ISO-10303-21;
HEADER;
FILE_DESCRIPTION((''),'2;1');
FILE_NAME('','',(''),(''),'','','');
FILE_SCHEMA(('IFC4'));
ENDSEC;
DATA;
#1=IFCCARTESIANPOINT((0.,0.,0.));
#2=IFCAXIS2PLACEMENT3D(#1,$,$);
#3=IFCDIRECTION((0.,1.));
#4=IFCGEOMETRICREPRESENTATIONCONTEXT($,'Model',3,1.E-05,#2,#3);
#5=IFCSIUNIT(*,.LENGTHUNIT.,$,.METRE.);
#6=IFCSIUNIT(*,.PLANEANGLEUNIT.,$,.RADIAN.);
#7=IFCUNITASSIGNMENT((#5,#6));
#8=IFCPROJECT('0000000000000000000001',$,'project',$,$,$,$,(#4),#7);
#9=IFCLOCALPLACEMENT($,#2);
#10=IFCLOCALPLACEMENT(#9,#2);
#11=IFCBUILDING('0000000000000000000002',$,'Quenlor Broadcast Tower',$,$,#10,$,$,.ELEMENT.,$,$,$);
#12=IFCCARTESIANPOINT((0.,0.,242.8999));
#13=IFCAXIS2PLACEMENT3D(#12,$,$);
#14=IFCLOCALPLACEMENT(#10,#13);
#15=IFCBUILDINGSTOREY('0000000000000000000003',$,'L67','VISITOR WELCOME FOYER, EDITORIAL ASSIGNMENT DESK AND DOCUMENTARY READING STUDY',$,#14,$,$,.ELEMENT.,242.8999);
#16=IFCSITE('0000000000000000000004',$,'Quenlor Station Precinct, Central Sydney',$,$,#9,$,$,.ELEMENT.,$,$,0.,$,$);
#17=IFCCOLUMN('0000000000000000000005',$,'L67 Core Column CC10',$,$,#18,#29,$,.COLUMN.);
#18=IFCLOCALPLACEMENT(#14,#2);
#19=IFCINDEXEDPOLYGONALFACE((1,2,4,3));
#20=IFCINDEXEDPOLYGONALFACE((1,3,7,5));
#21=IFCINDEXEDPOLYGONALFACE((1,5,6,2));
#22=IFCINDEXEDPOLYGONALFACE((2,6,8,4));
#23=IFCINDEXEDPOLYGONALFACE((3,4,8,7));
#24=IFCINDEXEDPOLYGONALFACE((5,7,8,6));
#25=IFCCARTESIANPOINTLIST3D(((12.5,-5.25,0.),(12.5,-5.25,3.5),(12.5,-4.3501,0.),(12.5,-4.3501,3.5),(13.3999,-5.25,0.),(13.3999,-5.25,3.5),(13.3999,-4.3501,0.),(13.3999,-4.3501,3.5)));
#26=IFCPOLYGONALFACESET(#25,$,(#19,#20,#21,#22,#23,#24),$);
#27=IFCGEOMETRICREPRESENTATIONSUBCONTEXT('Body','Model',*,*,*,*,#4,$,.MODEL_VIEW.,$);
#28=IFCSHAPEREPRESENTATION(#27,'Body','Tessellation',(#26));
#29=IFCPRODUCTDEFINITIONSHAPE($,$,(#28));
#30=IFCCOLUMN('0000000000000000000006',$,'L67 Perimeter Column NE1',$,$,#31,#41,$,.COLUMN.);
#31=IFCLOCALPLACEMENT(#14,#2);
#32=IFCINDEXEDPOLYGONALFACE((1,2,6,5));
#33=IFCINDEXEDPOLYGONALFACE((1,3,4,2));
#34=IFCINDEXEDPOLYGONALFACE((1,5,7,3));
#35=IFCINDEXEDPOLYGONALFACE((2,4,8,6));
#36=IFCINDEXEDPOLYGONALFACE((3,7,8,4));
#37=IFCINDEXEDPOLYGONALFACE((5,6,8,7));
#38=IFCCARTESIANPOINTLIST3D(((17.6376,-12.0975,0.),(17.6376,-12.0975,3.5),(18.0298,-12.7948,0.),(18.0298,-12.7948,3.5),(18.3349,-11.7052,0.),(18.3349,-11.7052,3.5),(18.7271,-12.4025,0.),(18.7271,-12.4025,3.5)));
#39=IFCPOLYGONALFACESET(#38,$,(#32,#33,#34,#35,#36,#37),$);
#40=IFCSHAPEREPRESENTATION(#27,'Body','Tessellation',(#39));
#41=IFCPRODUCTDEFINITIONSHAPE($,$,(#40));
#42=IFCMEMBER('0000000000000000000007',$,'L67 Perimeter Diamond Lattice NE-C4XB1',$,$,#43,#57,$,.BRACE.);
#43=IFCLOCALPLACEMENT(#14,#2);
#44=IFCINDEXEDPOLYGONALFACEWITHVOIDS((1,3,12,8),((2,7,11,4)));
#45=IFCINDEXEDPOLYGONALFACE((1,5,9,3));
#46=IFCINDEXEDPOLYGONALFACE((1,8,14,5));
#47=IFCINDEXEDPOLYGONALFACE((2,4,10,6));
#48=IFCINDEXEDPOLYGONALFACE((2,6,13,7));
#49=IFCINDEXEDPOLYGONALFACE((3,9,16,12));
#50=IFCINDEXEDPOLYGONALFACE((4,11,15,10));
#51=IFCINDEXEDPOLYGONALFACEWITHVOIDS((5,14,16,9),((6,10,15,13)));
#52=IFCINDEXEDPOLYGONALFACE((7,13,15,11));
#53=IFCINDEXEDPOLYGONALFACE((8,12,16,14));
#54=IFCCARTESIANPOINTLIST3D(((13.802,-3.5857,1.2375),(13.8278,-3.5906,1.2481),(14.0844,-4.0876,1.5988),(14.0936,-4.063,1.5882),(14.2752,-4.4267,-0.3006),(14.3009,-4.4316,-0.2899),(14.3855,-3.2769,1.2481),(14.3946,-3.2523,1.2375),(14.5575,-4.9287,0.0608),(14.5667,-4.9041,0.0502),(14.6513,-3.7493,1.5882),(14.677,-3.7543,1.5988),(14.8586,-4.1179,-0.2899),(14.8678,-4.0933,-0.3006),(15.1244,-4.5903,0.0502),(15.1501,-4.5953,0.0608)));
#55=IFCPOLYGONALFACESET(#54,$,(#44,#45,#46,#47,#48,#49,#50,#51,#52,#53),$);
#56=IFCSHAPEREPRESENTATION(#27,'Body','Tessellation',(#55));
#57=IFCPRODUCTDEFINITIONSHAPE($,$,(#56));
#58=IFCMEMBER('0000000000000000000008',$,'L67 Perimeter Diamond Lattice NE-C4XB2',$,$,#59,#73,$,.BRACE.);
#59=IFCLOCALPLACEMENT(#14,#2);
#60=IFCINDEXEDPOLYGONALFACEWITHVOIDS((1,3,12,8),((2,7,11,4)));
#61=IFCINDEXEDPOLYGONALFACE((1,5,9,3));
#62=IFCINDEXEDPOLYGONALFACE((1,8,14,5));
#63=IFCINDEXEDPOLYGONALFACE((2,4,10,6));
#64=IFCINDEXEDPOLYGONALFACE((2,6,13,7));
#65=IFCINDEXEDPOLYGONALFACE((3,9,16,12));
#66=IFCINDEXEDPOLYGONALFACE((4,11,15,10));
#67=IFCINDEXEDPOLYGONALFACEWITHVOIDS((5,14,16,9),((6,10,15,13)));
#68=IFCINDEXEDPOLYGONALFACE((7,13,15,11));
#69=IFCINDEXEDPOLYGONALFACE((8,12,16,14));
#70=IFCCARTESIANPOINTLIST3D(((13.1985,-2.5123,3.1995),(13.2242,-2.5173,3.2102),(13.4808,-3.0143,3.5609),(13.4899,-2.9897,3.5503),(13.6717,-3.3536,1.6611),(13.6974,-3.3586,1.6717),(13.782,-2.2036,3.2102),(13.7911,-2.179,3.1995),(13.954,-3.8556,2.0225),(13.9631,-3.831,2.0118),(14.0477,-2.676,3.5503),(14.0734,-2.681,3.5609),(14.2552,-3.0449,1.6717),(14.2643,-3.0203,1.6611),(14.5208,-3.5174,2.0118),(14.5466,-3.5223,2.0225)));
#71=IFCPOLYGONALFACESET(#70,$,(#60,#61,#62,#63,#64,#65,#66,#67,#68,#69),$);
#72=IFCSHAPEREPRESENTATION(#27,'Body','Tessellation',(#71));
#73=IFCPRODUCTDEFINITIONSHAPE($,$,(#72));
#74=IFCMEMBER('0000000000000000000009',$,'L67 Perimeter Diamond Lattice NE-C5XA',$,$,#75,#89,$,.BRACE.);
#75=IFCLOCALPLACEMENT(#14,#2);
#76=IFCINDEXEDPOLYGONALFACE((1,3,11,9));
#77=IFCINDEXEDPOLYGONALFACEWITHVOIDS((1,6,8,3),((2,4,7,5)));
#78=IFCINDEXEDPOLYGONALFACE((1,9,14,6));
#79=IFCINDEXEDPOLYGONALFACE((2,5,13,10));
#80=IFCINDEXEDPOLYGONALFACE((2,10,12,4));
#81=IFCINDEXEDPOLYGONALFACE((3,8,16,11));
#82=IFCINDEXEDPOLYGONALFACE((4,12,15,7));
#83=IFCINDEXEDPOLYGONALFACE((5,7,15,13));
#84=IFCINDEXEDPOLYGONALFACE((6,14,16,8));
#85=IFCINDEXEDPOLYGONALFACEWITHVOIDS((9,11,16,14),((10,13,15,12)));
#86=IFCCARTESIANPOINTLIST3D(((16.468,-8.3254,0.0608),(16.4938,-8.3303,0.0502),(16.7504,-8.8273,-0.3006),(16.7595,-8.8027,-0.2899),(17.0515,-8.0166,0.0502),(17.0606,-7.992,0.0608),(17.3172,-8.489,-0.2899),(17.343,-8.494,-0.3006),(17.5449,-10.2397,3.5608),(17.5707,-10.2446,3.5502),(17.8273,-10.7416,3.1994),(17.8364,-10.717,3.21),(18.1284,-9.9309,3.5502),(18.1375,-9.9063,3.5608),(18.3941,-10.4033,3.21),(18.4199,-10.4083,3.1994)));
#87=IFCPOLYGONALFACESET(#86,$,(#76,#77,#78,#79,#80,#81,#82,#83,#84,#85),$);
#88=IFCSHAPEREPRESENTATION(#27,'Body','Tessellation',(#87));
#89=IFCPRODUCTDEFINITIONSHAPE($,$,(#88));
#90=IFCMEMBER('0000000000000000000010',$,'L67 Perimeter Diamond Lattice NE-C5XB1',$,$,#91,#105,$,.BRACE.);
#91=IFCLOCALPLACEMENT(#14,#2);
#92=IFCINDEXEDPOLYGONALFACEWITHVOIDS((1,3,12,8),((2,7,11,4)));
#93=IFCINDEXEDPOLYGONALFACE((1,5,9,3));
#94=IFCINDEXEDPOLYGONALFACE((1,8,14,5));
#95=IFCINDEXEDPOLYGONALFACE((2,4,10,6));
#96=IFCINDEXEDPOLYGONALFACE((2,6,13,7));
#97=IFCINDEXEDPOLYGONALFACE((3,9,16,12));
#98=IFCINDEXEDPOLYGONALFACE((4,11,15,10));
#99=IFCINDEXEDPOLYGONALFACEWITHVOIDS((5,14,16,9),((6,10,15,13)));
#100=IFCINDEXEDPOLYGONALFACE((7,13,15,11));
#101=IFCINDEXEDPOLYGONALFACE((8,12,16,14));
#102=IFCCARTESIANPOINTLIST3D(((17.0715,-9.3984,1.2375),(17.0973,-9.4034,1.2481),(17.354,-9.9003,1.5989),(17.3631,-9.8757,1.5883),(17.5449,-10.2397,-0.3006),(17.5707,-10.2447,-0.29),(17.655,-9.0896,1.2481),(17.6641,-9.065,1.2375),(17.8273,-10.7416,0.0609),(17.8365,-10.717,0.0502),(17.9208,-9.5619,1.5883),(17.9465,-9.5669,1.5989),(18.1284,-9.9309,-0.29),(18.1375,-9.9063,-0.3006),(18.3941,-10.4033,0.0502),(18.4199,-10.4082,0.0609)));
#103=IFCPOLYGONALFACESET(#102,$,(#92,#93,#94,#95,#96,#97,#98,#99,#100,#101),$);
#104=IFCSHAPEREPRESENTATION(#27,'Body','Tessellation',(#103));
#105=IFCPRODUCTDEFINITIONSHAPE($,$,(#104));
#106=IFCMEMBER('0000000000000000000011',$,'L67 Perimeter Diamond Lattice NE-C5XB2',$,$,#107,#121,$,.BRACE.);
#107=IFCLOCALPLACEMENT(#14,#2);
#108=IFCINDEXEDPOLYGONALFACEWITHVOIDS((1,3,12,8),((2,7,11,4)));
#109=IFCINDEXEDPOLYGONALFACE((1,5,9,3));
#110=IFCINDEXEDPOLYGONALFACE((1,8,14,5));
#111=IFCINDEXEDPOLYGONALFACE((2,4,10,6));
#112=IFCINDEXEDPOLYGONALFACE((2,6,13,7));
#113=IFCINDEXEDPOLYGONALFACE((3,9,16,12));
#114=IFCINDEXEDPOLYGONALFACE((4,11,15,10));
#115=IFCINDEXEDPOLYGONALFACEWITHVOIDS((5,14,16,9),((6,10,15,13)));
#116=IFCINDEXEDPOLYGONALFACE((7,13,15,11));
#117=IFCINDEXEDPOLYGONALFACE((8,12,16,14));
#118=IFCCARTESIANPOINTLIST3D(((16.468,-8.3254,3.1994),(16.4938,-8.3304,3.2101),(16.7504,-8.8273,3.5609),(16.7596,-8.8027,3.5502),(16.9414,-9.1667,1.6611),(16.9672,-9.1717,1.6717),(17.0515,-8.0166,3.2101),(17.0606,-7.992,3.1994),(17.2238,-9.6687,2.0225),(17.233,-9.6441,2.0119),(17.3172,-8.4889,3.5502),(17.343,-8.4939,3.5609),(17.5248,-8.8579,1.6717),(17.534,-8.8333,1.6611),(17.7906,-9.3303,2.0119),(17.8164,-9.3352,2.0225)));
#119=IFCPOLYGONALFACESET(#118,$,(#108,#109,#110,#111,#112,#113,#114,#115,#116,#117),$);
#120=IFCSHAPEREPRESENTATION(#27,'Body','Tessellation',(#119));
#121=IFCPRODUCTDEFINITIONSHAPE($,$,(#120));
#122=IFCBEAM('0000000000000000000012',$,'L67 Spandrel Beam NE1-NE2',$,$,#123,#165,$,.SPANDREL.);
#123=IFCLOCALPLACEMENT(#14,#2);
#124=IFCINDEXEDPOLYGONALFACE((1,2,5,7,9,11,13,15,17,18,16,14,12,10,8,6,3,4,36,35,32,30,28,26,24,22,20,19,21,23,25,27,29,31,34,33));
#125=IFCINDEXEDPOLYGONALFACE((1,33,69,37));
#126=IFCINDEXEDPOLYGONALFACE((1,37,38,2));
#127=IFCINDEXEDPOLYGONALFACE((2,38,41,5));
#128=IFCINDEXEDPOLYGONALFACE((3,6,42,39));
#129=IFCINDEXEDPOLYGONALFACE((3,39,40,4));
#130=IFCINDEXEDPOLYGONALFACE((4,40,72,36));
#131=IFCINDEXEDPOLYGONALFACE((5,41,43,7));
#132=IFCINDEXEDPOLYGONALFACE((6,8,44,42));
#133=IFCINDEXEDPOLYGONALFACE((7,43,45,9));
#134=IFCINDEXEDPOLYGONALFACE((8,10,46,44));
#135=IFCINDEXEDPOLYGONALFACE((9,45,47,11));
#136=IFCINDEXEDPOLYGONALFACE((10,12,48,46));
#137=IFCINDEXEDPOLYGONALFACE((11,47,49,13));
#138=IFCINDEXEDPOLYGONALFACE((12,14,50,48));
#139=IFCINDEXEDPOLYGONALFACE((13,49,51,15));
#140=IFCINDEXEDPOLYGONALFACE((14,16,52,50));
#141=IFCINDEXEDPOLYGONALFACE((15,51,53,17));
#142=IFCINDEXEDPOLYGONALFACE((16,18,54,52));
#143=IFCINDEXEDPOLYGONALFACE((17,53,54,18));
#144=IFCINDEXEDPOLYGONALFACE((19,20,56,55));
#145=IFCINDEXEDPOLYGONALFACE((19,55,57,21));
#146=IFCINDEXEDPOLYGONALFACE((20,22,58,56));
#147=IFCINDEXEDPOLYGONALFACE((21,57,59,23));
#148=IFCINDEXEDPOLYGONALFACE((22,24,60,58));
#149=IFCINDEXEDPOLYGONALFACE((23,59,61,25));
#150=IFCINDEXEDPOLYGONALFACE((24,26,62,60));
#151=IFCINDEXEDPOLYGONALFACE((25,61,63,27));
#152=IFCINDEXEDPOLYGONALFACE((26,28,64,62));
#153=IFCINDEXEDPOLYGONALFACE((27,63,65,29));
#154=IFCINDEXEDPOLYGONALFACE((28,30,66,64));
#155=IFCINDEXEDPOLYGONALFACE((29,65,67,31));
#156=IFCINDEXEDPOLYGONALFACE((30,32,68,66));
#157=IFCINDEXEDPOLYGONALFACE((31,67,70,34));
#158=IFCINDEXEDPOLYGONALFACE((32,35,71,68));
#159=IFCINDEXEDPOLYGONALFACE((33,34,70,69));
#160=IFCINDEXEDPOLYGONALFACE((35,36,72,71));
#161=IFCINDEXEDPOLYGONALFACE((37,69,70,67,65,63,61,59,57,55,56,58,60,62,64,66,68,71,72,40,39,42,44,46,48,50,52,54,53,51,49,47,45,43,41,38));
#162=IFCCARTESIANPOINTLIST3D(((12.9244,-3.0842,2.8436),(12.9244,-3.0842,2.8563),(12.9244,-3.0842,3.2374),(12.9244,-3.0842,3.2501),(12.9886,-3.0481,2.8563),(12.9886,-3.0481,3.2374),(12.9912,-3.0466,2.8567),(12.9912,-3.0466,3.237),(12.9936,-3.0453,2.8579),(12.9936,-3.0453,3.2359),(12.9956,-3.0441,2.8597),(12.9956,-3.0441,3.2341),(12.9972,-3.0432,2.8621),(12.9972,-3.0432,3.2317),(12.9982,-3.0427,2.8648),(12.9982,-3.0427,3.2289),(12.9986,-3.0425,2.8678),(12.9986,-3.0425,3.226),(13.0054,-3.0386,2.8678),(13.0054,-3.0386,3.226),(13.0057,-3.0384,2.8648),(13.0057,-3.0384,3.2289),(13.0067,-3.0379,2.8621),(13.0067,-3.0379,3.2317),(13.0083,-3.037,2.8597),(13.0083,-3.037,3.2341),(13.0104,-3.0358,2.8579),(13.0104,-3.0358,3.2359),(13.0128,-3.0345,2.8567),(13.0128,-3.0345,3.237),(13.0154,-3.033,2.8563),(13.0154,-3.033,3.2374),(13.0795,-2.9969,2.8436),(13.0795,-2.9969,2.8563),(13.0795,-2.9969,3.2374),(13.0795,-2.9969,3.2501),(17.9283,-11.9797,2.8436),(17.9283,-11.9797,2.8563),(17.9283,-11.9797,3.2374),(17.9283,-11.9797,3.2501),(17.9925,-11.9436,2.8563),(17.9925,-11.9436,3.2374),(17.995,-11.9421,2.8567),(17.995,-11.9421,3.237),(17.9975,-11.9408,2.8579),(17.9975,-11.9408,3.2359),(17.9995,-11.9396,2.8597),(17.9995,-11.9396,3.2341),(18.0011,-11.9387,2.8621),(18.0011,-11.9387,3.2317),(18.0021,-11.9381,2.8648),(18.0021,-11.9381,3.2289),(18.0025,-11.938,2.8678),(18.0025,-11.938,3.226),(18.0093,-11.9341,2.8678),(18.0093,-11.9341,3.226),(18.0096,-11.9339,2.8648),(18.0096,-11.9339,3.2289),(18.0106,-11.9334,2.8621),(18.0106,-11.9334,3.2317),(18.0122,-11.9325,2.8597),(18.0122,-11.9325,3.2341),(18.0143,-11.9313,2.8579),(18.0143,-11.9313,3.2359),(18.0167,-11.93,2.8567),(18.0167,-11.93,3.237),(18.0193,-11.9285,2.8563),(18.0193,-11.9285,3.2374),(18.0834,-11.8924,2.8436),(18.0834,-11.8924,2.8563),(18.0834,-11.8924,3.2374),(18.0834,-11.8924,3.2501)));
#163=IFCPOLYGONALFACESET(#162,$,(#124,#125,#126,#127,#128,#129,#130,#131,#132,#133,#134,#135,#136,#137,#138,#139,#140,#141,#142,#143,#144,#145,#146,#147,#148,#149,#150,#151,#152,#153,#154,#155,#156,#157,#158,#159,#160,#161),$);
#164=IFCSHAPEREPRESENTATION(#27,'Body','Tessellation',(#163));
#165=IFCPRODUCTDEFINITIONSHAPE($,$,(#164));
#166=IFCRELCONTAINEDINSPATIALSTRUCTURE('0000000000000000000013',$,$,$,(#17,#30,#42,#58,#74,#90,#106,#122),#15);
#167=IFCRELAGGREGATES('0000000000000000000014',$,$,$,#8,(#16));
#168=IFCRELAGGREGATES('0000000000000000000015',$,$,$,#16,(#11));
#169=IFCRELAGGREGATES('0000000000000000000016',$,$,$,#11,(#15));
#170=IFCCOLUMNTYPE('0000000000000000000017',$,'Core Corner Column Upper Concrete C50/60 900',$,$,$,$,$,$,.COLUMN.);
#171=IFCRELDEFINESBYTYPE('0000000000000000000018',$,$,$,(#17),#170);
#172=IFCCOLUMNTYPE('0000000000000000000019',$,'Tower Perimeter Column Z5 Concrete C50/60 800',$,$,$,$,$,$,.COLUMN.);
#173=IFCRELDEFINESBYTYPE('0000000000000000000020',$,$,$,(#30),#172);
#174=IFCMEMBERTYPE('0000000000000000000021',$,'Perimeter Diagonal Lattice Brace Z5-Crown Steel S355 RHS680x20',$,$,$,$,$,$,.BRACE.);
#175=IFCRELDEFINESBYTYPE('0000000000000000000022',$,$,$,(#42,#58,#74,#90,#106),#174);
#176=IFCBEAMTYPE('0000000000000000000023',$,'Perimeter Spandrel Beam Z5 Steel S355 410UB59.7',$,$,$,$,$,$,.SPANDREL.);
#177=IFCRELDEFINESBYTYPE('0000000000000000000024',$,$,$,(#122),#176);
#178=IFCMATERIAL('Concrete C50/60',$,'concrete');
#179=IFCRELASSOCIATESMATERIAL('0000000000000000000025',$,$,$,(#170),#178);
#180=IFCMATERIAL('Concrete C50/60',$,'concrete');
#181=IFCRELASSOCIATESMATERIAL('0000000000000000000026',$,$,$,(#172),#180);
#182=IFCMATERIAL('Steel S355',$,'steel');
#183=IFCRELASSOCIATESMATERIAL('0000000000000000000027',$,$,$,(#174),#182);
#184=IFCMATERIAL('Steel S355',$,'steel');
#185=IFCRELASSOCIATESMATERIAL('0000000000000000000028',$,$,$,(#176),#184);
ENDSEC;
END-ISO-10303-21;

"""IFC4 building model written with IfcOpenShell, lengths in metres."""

from ifc_helpers import new_model, si_unit, direction, frame, origin, origin_2d, place, context, subcontext, project, spatial, rectangle, hollow_rectangle, i_section, extrude, material, material_profile, profile_set, type_object, element, save


model = new_model("IFC4")

# Units and contexts
model_context = context("Model", 3, precision=1e-05, world=origin(), true_north=direction((0.0, 1.0)))
body_context = subcontext(model_context, "Body", "Model", "MODEL_VIEW")
ifc_project = project(units=[si_unit("LENGTHUNIT", "METRE"), si_unit("PLANEANGLEUNIT", "RADIAN")], contexts=[model_context])

# Site, building, storey
site_placement = place(None, origin())
site = spatial("IfcSite", under=ifc_project, at=site_placement, Name="Quenlor Station Precinct, Central Sydney", CompositionType="ELEMENT", RefElevation=0.0)
building_placement = place(site_placement, origin())
building = spatial("IfcBuilding", under=site, at=building_placement, Name="Quenlor Broadcast Tower", CompositionType="ELEMENT")
storey_placement = place(building_placement, frame((0.0, 0.0, 242.8999)))
storey = spatial("IfcBuildingStorey", under=building, at=storey_placement, Name="L67", Description="VISITOR WELCOME FOYER, EDITORIAL ASSIGNMENT DESK AND DOCUMENTARY READING STUDY", CompositionType="ELEMENT", Elevation=242.8999)

# Columns
ifc_material_1 = material(Name="Concrete C50/60", Category="concrete")
ifc_material_profile_1 = material_profile(ifc_material_1, rectangle(XDim=0.8999, YDim=0.8999, at=origin_2d()))
ifc_profile_set_1 = profile_set([ifc_material_profile_1], Name="Concrete C50/60 RC900x900")
column_type_1 = type_object("IfcColumnType", Name="Core Corner Column Upper Concrete C50/60 900", PredefinedType="COLUMN", material=ifc_profile_set_1)
column_1_placement = place(storey_placement, frame((12.95, -4.8, 0.0), z_axis=(0.0, 0.0, 1.0), x_axis=(1.0, 0.0, 0.0)))
element("IfcColumn", 1, at=column_1_placement, inside=storey, type_object=column_type_1, Name="L67 Core Column CC10", PredefinedType="COLUMN", context=body_context, shape_type="SweptSolid", body=[
    extrude(rectangle(XDim=0.8999, YDim=0.8999, at=origin_2d()), origin(), (0.0, 0.0, 1.0), 3.5),
])
ifc_material_2 = material(Name="Concrete C50/60", Category="concrete")
ifc_material_profile_2 = material_profile(ifc_material_2, rectangle(XDim=0.8, YDim=0.8, at=origin_2d()))
ifc_profile_set_2 = profile_set([ifc_material_profile_2], Name="Concrete C50/60 RC800x800")
column_type_2 = type_object("IfcColumnType", Name="Tower Perimeter Column Z5 Concrete C50/60 800", PredefinedType="COLUMN", material=ifc_profile_set_2)
column_2_placement = place(storey_placement, frame((18.1824, -12.25, 0.0), z_axis=(0.0, 0.0, 1.0), x_axis=(0.871575, 0.490262, 0.0)))
element("IfcColumn", 2, at=column_2_placement, inside=storey, type_object=column_type_2, Name="L67 Perimeter Column NE1", PredefinedType="COLUMN", context=body_context, shape_type="SweptSolid", body=[
    extrude(rectangle(XDim=0.8, YDim=0.8, at=origin_2d()), origin(), (0.0, 0.0, 1.0), 3.5),
])

# Members
ifc_material_3 = material(Name="Steel S355", Category="steel")
ifc_material_profile_3 = material_profile(ifc_material_3, hollow_rectangle(XDim=0.6799, YDim=0.6799, WallThickness=0.02, at=origin_2d()))
ifc_profile_set_3 = profile_set([ifc_material_profile_3], Name="Steel S355 RHS680x680x20")
member_type = type_object("IfcMemberType", Name="Perimeter Diagonal Lattice Brace Z5-Crown Steel S355 RHS680x20", PredefinedType="BRACE", material=ifc_profile_set_3)
member_1_placement = place(storey_placement, frame((14.7126, -4.511, -0.1199), z_axis=(-0.260577, 0.463204, 0.847078), x_axis=(-0.871555, -0.490297, 0.0)))
element("IfcMember", 3, at=member_1_placement, inside=storey, type_object=member_type, Name="L67 Perimeter Diamond Lattice NE-C4XB1", PredefinedType="BRACE", context=body_context, shape_type="SweptSolid", body=[
    extrude(hollow_rectangle(XDim=0.6799, YDim=0.6799, WallThickness=0.02, at=origin_2d()), origin(), (0.0, 0.0, 1.0), 1.8157),
])
member_2_placement = place(storey_placement, frame((14.1091, -3.438, 1.8418), z_axis=(-0.260532, 0.463257, 0.847063), x_axis=(-0.871616, -0.490189, 0.0)))
element("IfcMember", 4, at=member_2_placement, inside=storey, type_object=member_type, Name="L67 Perimeter Diamond Lattice NE-C4XB2", PredefinedType="BRACE", context=body_context, shape_type="SweptSolid", body=[
    extrude(hollow_rectangle(XDim=0.6799, YDim=0.6799, WallThickness=0.02, at=origin_2d()), origin(), (0.0, 0.0, 1.0), 1.8162),
])
member_3_placement = place(storey_placement, frame((16.9055, -8.4097, -0.1199), z_axis=(0.260619, -0.463276, 0.847026), x_axis=(0.871555, 0.490298, 0.0)))
element("IfcMember", 5, at=member_3_placement, inside=storey, type_object=member_type, Name="L67 Perimeter Diamond Lattice NE-C5XA", PredefinedType="BRACE", context=body_context, shape_type="SweptSolid", body=[
    extrude(hollow_rectangle(XDim=0.6799, YDim=0.6799, WallThickness=0.02, at=origin_2d()), origin(), (0.0, 0.0, 1.0), 4.1321),
])
member_4_placement = place(storey_placement, frame((17.9824, -10.324, -0.1199), z_axis=(-0.260686, 0.463293, 0.846996), x_axis=(-0.871508, -0.490381, 0.0)))
element("IfcMember", 6, at=member_4_placement, inside=storey, type_object=member_type, Name="L67 Perimeter Diamond Lattice NE-C5XB1", PredefinedType="BRACE", context=body_context, shape_type="SweptSolid", body=[
    extrude(hollow_rectangle(XDim=0.6799, YDim=0.6799, WallThickness=0.02, at=origin_2d()), origin(), (0.0, 0.0, 1.0), 1.8159),
])
member_5_placement = place(storey_placement, frame((17.3789, -9.251, 1.8418), z_axis=(-0.260657, 0.463241, 0.847034), x_axis=(-0.871508, -0.490381, 0.0)))
element("IfcMember", 7, at=member_5_placement, inside=storey, type_object=member_type, Name="L67 Perimeter Diamond Lattice NE-C5XB2", PredefinedType="BRACE", context=body_context, shape_type="SweptSolid", body=[
    extrude(hollow_rectangle(XDim=0.6799, YDim=0.6799, WallThickness=0.02, at=origin_2d()), origin(), (0.0, 0.0, 1.0), 1.8162),
])

# Beam
ifc_material_4 = material(Name="Steel S355", Category="steel")
ifc_material_profile_4 = material_profile(ifc_material_4, i_section(OverallWidth=0.178, OverallDepth=0.4065, WebThickness=0.0078, FlangeThickness=0.0127, FilletRadius=0.0115, at=origin_2d()))
ifc_profile_set_4 = profile_set([ifc_material_profile_4], Name="Steel S355 410UB59.7")
beam_type_1 = type_object("IfcBeamType", Name="Perimeter Spandrel Beam Z5 Steel S355 410UB59.7", PredefinedType="SPANDREL", material=ifc_profile_set_4)
beam_1_placement = place(storey_placement, frame((18.0059, -11.936, 3.0469), z_axis=(-0.490275, 0.871568, 0.0), x_axis=(-0.871568, -0.490275, 0.0)))
element("IfcBeam", 8, at=beam_1_placement, inside=storey, type_object=beam_type_1, Name="L67 Spandrel Beam NE1-NE2", PredefinedType="SPANDREL", context=body_context, shape_type="SweptSolid", body=[
    extrude(i_section(OverallWidth=0.178, OverallDepth=0.4065, WebThickness=0.0078, FlangeThickness=0.0127, FilletRadius=0.0115, at=origin_2d()), origin(), (0.0, 0.0, 1.0), 10.2063),
])

save(model, "model.ifc")
